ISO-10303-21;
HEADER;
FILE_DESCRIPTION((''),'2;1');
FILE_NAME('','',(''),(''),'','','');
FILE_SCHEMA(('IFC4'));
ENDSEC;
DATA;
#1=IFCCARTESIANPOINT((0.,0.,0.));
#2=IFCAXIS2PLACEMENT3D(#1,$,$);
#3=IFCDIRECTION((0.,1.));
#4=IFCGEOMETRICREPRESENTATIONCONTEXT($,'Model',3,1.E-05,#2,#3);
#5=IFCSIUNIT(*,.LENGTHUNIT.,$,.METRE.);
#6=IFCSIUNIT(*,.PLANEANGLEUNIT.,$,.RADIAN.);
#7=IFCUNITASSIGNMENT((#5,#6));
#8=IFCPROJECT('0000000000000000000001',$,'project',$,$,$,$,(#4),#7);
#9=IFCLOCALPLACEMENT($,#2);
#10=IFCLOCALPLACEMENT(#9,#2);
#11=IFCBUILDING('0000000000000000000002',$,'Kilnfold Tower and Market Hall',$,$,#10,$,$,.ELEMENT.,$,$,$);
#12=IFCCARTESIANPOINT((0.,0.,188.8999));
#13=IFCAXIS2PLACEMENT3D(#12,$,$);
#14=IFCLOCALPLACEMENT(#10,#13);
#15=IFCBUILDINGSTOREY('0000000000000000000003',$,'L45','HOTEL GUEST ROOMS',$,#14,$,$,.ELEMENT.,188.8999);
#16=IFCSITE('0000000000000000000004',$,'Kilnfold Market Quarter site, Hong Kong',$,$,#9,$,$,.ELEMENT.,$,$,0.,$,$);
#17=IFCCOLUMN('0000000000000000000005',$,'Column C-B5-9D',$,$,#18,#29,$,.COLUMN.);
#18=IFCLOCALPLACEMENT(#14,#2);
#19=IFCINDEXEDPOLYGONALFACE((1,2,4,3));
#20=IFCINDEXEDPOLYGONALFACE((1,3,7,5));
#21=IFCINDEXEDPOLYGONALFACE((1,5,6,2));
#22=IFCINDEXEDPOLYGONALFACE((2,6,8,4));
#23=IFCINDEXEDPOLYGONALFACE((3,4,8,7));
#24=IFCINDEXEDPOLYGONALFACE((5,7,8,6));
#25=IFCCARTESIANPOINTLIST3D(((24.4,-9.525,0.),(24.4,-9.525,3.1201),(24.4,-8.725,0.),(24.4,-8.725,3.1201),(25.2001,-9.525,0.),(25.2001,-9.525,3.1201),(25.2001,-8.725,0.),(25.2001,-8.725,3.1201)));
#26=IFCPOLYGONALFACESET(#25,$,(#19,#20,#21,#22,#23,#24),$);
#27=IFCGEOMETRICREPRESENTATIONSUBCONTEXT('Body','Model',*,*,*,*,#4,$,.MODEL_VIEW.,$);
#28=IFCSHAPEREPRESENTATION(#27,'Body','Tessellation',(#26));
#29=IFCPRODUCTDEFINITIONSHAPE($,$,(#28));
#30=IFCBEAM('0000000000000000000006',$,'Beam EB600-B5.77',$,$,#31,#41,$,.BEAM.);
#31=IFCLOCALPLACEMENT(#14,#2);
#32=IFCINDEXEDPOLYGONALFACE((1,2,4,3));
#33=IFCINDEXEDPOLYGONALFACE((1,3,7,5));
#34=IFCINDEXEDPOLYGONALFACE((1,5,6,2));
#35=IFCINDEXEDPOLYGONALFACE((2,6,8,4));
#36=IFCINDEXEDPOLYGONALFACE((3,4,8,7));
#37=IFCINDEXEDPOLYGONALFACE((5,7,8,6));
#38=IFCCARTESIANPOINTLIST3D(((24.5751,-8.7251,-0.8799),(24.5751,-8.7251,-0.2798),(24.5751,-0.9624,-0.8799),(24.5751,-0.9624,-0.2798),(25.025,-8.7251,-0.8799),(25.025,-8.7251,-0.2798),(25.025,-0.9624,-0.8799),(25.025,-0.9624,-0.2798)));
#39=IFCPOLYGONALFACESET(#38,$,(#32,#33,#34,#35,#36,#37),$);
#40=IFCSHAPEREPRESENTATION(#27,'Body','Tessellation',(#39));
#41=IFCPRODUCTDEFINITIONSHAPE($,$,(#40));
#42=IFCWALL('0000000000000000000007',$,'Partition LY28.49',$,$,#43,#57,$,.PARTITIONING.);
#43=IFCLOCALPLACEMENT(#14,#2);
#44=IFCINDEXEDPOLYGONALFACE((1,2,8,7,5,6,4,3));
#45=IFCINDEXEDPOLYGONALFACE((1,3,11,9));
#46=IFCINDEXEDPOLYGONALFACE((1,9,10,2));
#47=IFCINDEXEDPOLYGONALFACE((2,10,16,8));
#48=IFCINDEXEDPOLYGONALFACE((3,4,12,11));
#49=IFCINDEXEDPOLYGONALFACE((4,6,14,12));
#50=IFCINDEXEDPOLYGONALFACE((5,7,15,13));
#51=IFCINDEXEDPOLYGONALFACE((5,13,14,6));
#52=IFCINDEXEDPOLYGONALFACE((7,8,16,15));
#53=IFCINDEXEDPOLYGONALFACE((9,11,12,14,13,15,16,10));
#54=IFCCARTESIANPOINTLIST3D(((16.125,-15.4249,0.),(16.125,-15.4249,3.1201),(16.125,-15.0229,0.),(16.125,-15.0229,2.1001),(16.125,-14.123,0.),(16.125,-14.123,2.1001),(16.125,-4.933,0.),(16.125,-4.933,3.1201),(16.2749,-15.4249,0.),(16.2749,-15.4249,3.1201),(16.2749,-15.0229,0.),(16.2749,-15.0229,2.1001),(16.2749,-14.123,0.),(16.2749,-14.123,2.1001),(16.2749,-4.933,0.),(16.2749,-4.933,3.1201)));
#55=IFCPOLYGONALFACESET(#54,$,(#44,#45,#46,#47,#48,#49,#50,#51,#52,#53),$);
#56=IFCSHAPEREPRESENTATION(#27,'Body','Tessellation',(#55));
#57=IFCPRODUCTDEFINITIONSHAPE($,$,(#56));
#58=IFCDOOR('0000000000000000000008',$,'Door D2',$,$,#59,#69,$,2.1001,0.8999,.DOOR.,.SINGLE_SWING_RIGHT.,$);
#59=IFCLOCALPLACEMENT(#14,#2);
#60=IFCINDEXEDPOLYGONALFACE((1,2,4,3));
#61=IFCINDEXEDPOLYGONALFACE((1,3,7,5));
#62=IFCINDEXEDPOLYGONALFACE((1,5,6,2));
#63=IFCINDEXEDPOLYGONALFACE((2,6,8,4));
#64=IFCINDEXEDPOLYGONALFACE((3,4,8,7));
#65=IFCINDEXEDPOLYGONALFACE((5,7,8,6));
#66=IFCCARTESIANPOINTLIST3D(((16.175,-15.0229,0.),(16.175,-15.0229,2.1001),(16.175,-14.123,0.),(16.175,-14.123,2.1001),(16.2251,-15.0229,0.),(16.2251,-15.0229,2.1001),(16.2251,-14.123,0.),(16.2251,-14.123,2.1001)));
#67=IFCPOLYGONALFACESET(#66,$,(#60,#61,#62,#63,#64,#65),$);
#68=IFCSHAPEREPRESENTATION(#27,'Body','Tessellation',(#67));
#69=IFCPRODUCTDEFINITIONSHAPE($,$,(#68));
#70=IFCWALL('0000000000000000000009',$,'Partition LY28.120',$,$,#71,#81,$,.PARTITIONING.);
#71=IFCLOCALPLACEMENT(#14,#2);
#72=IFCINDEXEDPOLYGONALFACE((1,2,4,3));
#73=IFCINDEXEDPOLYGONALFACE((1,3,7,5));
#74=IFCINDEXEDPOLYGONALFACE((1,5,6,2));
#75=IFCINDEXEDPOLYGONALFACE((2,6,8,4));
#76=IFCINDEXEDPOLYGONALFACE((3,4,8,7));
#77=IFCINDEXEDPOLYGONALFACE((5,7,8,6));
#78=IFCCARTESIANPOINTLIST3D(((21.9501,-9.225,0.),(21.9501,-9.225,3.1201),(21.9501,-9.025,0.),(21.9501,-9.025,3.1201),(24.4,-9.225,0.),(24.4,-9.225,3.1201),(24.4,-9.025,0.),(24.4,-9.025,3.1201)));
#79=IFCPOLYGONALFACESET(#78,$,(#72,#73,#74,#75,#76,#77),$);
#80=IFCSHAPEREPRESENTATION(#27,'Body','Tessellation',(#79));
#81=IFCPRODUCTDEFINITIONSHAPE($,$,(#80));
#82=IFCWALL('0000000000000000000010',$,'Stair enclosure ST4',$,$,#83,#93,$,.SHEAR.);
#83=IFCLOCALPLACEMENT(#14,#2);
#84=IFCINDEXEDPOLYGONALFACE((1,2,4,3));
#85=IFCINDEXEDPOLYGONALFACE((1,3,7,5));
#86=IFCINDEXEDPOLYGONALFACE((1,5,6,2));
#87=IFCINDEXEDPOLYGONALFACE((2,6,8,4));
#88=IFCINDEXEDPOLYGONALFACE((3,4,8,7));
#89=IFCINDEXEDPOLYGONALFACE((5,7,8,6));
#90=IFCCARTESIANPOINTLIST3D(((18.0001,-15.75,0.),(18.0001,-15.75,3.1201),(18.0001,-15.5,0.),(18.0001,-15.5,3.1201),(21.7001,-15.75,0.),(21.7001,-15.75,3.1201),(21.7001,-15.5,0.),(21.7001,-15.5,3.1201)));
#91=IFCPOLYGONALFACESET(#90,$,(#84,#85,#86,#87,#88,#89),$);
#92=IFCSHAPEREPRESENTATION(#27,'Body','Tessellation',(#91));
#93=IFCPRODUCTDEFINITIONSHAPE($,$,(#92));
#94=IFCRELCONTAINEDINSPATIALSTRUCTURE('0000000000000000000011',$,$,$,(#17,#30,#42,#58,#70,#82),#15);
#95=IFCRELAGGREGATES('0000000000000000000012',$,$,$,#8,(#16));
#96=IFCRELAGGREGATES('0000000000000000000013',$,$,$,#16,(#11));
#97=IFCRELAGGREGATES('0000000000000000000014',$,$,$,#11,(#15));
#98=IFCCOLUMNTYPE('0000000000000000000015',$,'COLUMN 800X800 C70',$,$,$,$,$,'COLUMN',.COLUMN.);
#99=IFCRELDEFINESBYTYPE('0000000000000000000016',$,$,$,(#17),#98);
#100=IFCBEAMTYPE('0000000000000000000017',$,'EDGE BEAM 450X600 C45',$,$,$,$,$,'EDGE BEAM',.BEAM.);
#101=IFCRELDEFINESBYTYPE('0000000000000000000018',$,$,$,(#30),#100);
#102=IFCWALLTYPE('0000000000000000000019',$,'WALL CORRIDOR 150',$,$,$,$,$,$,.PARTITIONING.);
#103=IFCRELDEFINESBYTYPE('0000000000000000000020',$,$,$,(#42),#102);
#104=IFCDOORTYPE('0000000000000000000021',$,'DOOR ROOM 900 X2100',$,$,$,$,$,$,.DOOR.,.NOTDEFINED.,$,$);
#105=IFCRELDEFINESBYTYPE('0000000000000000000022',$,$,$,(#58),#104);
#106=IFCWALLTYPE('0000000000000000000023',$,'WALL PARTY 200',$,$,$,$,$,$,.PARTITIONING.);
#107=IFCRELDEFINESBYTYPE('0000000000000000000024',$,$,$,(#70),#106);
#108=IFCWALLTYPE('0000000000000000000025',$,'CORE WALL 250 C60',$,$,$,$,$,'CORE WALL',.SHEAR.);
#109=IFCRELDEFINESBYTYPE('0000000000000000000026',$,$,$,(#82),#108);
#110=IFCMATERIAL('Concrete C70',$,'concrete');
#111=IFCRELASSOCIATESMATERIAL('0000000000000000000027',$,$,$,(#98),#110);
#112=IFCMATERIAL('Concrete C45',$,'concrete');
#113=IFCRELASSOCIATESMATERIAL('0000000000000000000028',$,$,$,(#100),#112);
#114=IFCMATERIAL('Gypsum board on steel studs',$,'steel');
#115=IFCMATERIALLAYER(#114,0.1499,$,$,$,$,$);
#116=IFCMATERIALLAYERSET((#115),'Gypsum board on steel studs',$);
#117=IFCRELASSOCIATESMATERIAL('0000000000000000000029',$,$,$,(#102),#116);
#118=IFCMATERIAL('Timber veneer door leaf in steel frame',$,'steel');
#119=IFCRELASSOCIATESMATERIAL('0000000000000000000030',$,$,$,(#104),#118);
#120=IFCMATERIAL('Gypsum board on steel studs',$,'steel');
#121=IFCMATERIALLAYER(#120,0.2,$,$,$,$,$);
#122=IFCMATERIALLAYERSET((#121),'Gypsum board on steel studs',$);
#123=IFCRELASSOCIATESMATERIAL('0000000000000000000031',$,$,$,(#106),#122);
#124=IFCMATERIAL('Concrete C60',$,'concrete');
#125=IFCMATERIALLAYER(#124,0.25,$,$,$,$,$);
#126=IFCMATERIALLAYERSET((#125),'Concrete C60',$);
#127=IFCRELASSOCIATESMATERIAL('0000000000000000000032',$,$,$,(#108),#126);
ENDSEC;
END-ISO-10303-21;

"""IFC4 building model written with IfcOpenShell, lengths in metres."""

from ifc_helpers import new_model, si_unit, direction, frame, frame_2d, origin, origin_2d, place, context, subcontext, project, spatial, rectangle, extrude, source, transform, mapped, material, layer, layer_set, material_profile, profile_set, type_object, element, fill, save


model = new_model("IFC4")

# Units and contexts
model_context = context("Model", 3, precision=1e-05, world=origin(), true_north=direction((0.0, 1.0)))
body_context = subcontext(model_context, "Body", "Model", "MODEL_VIEW")
ifc_project = project(units=[si_unit("LENGTHUNIT", "METRE"), si_unit("PLANEANGLEUNIT", "RADIAN")], contexts=[model_context])

# Site, building, storey
site_placement = place(None, origin())
site = spatial("IfcSite", under=ifc_project, at=site_placement, Name="Kilnfold Market Quarter site, Hong Kong", CompositionType="ELEMENT", RefElevation=0.0)
building_placement = place(site_placement, origin())
building = spatial("IfcBuilding", under=site, at=building_placement, Name="Kilnfold Tower and Market Hall", CompositionType="ELEMENT")
storey_placement = place(building_placement, frame((0.0, 0.0, 188.8999)))
storey = spatial("IfcBuildingStorey", under=building, at=storey_placement, Name="L45", Description="HOTEL GUEST ROOMS", CompositionType="ELEMENT", Elevation=188.8999)

# Column
ifc_material_1 = material(Name="Concrete C70", Category="concrete")
ifc_material_profile_1 = material_profile(ifc_material_1, rectangle(XDim=0.8, YDim=0.8, at=origin_2d()), Name="RC 800x800")
ifc_profile_set_1 = profile_set([ifc_material_profile_1], Name="Concrete C70")
column_type = type_object("IfcColumnType", Name="COLUMN 800X800 C70", ElementType="COLUMN", PredefinedType="COLUMN", material=ifc_profile_set_1)
shared_shape_1 = source(origin(), body_context, "Body", "SweptSolid", [
    extrude(rectangle(XDim=0.8, YDim=0.8, at=origin_2d()), origin(), (0.0, 0.0, 1.0), 3.1201),
])
column_placement = place(storey_placement, frame((24.8, -9.125, 0.0), z_axis=(0.0, 0.0, 1.0), x_axis=(1.0, 0.0, 0.0)))
element("IfcColumn", 1, at=column_placement, inside=storey, type_object=column_type, Name="Column C-B5-9D", PredefinedType="COLUMN", context=body_context, shape_type="MappedRepresentation", body=[
    mapped(shared_shape_1, transform((0.0, 0.0, 0.0))),
])

# Beam
ifc_material_2 = material(Name="Concrete C45", Category="concrete")
ifc_material_profile_2 = material_profile(ifc_material_2, rectangle(XDim=0.45, YDim=0.6001, at=origin_2d()), Name="RC 450x600")
ifc_profile_set_2 = profile_set([ifc_material_profile_2], Name="Concrete C45")
beam_type = type_object("IfcBeamType", Name="EDGE BEAM 450X600 C45", ElementType="EDGE BEAM", PredefinedType="BEAM", material=ifc_profile_set_2)
shared_shape_2 = source(origin(), body_context, "Body", "SweptSolid", [
    extrude(rectangle(XDim=0.45, YDim=0.6001, at=origin_2d()), origin(), (0.0, 0.0, 1.0), 7.7627),
])
beam_placement = place(storey_placement, frame((24.8, -8.7251, -0.5798), z_axis=(0.0, 1.0, 0.0), x_axis=(-1.0, 0.0, 0.0)))
element("IfcBeam", 2, at=beam_placement, inside=storey, type_object=beam_type, Name="Beam EB600-B5.77", PredefinedType="BEAM", context=body_context, shape_type="MappedRepresentation", body=[
    mapped(shared_shape_2, transform((0.0, 0.0, 0.0))),
])

# Wall, opening, door
ifc_material_3 = material(Name="Gypsum board on steel studs", Category="steel")
ifc_layer_1 = layer(ifc_material_3, 0.1499)
ifc_layer_set_1 = layer_set([ifc_layer_1], Name="Gypsum board on steel studs")
wall_type_1 = type_object("IfcWallType", Name="WALL CORRIDOR 150", PredefinedType="PARTITIONING", material=ifc_layer_set_1)
wall_1_placement = place(storey_placement, frame((16.2, -15.425, 0.0), z_axis=(0.0, 0.0, 1.0), x_axis=(0.0, 1.0, 0.0)))
wall_1 = element("IfcWall", 3, at=wall_1_placement, inside=storey, type_object=wall_type_1, Name="Partition LY28.49", PredefinedType="PARTITIONING", context=body_context, shape_type="SweptSolid", body=[
    extrude(rectangle(XDim=10.4919, YDim=0.1499, at=frame_2d((5.2461, 0.0))), origin(), (0.0, 0.0, 1.0), 3.1201),
])
opening_1_placement = place(wall_1_placement, frame((0.4021, 0.0, 0.0)))
opening_1 = element("IfcOpeningElement", 4, at=opening_1_placement, cuts=wall_1, PredefinedType="OPENING", context=body_context, shape_type="SweptSolid", body=[
    extrude(rectangle(XDim=0.8999, YDim=2.1001, at=frame_2d((0.45, 1.05))), frame((0.0, 0.085, 0.0), z_axis=(0.0, -1.0, 0.0), x_axis=(1.0, 0.0, 0.0)), (0.0, 0.0, 1.0), 0.1699),
])
ifc_material_4 = material(Name="Timber veneer door leaf in steel frame", Category="steel")
door_type_1 = type_object("IfcDoorType", Name="DOOR ROOM 900 X2100", OperationType="NOTDEFINED", PredefinedType="DOOR", material=ifc_material_4)
door_1_placement = place(opening_1_placement, origin())
door_1 = element("IfcDoor", 5, at=door_1_placement, inside=storey, type_object=door_type_1, Name="Door D2", OperationType="SINGLE_SWING_RIGHT", OverallHeight=2.1001, OverallWidth=0.8999, PredefinedType="DOOR", context=body_context, shape_type="SweptSolid", body=[
    extrude(rectangle(XDim=0.8999, YDim=2.1001, at=frame_2d((0.45, 1.05))), frame((0.0, 0.0249, 0.0), z_axis=(0.0, -1.0, 0.0), x_axis=(1.0, 0.0, 0.0)), (0.0, 0.0, 1.0), 0.05),
])
fill(opening_1, door_1)

# Walls
ifc_material_5 = material(Name="Gypsum board on steel studs", Category="steel")
ifc_layer_2 = layer(ifc_material_5, 0.2)
ifc_layer_set_2 = layer_set([ifc_layer_2], Name="Gypsum board on steel studs")
wall_type_2 = type_object("IfcWallType", Name="WALL PARTY 200", PredefinedType="PARTITIONING", material=ifc_layer_set_2)
wall_2_placement = place(storey_placement, frame((21.95, -9.125, 0.0), z_axis=(0.0, 0.0, 1.0), x_axis=(1.0, 0.0, 0.0)))
element("IfcWall", 6, at=wall_2_placement, inside=storey, type_object=wall_type_2, Name="Partition LY28.120", PredefinedType="PARTITIONING", context=body_context, shape_type="SweptSolid", body=[
    extrude(rectangle(XDim=2.45, YDim=0.2, at=frame_2d((1.2251, 0.0))), origin(), (0.0, 0.0, 1.0), 3.1201),
])
ifc_material_6 = material(Name="Concrete C60", Category="concrete")
ifc_layer_3 = layer(ifc_material_6, 0.25)
ifc_layer_set_3 = layer_set([ifc_layer_3], Name="Concrete C60")
wall_type_3 = type_object("IfcWallType", Name="CORE WALL 250 C60", ElementType="CORE WALL", PredefinedType="SHEAR", material=ifc_layer_set_3)
shared_shape_3 = source(origin(), body_context, "Body", "SweptSolid", [
    extrude(rectangle(XDim=3.7, YDim=0.25, at=frame_2d((1.8501, 0.0))), origin(), (0.0, 0.0, 1.0), 3.1201),
])
wall_3_placement = place(storey_placement, frame((18.0, -15.625, 0.0), z_axis=(0.0, 0.0, 1.0), x_axis=(1.0, 0.0, 0.0)))
element("IfcWall", 7, at=wall_3_placement, inside=storey, type_object=wall_type_3, Name="Stair enclosure ST4", PredefinedType="SHEAR", context=body_context, shape_type="MappedRepresentation", body=[
    mapped(shared_shape_3, transform((0.0, 0.0, 0.0))),
])

save(model, "model.ifc")
